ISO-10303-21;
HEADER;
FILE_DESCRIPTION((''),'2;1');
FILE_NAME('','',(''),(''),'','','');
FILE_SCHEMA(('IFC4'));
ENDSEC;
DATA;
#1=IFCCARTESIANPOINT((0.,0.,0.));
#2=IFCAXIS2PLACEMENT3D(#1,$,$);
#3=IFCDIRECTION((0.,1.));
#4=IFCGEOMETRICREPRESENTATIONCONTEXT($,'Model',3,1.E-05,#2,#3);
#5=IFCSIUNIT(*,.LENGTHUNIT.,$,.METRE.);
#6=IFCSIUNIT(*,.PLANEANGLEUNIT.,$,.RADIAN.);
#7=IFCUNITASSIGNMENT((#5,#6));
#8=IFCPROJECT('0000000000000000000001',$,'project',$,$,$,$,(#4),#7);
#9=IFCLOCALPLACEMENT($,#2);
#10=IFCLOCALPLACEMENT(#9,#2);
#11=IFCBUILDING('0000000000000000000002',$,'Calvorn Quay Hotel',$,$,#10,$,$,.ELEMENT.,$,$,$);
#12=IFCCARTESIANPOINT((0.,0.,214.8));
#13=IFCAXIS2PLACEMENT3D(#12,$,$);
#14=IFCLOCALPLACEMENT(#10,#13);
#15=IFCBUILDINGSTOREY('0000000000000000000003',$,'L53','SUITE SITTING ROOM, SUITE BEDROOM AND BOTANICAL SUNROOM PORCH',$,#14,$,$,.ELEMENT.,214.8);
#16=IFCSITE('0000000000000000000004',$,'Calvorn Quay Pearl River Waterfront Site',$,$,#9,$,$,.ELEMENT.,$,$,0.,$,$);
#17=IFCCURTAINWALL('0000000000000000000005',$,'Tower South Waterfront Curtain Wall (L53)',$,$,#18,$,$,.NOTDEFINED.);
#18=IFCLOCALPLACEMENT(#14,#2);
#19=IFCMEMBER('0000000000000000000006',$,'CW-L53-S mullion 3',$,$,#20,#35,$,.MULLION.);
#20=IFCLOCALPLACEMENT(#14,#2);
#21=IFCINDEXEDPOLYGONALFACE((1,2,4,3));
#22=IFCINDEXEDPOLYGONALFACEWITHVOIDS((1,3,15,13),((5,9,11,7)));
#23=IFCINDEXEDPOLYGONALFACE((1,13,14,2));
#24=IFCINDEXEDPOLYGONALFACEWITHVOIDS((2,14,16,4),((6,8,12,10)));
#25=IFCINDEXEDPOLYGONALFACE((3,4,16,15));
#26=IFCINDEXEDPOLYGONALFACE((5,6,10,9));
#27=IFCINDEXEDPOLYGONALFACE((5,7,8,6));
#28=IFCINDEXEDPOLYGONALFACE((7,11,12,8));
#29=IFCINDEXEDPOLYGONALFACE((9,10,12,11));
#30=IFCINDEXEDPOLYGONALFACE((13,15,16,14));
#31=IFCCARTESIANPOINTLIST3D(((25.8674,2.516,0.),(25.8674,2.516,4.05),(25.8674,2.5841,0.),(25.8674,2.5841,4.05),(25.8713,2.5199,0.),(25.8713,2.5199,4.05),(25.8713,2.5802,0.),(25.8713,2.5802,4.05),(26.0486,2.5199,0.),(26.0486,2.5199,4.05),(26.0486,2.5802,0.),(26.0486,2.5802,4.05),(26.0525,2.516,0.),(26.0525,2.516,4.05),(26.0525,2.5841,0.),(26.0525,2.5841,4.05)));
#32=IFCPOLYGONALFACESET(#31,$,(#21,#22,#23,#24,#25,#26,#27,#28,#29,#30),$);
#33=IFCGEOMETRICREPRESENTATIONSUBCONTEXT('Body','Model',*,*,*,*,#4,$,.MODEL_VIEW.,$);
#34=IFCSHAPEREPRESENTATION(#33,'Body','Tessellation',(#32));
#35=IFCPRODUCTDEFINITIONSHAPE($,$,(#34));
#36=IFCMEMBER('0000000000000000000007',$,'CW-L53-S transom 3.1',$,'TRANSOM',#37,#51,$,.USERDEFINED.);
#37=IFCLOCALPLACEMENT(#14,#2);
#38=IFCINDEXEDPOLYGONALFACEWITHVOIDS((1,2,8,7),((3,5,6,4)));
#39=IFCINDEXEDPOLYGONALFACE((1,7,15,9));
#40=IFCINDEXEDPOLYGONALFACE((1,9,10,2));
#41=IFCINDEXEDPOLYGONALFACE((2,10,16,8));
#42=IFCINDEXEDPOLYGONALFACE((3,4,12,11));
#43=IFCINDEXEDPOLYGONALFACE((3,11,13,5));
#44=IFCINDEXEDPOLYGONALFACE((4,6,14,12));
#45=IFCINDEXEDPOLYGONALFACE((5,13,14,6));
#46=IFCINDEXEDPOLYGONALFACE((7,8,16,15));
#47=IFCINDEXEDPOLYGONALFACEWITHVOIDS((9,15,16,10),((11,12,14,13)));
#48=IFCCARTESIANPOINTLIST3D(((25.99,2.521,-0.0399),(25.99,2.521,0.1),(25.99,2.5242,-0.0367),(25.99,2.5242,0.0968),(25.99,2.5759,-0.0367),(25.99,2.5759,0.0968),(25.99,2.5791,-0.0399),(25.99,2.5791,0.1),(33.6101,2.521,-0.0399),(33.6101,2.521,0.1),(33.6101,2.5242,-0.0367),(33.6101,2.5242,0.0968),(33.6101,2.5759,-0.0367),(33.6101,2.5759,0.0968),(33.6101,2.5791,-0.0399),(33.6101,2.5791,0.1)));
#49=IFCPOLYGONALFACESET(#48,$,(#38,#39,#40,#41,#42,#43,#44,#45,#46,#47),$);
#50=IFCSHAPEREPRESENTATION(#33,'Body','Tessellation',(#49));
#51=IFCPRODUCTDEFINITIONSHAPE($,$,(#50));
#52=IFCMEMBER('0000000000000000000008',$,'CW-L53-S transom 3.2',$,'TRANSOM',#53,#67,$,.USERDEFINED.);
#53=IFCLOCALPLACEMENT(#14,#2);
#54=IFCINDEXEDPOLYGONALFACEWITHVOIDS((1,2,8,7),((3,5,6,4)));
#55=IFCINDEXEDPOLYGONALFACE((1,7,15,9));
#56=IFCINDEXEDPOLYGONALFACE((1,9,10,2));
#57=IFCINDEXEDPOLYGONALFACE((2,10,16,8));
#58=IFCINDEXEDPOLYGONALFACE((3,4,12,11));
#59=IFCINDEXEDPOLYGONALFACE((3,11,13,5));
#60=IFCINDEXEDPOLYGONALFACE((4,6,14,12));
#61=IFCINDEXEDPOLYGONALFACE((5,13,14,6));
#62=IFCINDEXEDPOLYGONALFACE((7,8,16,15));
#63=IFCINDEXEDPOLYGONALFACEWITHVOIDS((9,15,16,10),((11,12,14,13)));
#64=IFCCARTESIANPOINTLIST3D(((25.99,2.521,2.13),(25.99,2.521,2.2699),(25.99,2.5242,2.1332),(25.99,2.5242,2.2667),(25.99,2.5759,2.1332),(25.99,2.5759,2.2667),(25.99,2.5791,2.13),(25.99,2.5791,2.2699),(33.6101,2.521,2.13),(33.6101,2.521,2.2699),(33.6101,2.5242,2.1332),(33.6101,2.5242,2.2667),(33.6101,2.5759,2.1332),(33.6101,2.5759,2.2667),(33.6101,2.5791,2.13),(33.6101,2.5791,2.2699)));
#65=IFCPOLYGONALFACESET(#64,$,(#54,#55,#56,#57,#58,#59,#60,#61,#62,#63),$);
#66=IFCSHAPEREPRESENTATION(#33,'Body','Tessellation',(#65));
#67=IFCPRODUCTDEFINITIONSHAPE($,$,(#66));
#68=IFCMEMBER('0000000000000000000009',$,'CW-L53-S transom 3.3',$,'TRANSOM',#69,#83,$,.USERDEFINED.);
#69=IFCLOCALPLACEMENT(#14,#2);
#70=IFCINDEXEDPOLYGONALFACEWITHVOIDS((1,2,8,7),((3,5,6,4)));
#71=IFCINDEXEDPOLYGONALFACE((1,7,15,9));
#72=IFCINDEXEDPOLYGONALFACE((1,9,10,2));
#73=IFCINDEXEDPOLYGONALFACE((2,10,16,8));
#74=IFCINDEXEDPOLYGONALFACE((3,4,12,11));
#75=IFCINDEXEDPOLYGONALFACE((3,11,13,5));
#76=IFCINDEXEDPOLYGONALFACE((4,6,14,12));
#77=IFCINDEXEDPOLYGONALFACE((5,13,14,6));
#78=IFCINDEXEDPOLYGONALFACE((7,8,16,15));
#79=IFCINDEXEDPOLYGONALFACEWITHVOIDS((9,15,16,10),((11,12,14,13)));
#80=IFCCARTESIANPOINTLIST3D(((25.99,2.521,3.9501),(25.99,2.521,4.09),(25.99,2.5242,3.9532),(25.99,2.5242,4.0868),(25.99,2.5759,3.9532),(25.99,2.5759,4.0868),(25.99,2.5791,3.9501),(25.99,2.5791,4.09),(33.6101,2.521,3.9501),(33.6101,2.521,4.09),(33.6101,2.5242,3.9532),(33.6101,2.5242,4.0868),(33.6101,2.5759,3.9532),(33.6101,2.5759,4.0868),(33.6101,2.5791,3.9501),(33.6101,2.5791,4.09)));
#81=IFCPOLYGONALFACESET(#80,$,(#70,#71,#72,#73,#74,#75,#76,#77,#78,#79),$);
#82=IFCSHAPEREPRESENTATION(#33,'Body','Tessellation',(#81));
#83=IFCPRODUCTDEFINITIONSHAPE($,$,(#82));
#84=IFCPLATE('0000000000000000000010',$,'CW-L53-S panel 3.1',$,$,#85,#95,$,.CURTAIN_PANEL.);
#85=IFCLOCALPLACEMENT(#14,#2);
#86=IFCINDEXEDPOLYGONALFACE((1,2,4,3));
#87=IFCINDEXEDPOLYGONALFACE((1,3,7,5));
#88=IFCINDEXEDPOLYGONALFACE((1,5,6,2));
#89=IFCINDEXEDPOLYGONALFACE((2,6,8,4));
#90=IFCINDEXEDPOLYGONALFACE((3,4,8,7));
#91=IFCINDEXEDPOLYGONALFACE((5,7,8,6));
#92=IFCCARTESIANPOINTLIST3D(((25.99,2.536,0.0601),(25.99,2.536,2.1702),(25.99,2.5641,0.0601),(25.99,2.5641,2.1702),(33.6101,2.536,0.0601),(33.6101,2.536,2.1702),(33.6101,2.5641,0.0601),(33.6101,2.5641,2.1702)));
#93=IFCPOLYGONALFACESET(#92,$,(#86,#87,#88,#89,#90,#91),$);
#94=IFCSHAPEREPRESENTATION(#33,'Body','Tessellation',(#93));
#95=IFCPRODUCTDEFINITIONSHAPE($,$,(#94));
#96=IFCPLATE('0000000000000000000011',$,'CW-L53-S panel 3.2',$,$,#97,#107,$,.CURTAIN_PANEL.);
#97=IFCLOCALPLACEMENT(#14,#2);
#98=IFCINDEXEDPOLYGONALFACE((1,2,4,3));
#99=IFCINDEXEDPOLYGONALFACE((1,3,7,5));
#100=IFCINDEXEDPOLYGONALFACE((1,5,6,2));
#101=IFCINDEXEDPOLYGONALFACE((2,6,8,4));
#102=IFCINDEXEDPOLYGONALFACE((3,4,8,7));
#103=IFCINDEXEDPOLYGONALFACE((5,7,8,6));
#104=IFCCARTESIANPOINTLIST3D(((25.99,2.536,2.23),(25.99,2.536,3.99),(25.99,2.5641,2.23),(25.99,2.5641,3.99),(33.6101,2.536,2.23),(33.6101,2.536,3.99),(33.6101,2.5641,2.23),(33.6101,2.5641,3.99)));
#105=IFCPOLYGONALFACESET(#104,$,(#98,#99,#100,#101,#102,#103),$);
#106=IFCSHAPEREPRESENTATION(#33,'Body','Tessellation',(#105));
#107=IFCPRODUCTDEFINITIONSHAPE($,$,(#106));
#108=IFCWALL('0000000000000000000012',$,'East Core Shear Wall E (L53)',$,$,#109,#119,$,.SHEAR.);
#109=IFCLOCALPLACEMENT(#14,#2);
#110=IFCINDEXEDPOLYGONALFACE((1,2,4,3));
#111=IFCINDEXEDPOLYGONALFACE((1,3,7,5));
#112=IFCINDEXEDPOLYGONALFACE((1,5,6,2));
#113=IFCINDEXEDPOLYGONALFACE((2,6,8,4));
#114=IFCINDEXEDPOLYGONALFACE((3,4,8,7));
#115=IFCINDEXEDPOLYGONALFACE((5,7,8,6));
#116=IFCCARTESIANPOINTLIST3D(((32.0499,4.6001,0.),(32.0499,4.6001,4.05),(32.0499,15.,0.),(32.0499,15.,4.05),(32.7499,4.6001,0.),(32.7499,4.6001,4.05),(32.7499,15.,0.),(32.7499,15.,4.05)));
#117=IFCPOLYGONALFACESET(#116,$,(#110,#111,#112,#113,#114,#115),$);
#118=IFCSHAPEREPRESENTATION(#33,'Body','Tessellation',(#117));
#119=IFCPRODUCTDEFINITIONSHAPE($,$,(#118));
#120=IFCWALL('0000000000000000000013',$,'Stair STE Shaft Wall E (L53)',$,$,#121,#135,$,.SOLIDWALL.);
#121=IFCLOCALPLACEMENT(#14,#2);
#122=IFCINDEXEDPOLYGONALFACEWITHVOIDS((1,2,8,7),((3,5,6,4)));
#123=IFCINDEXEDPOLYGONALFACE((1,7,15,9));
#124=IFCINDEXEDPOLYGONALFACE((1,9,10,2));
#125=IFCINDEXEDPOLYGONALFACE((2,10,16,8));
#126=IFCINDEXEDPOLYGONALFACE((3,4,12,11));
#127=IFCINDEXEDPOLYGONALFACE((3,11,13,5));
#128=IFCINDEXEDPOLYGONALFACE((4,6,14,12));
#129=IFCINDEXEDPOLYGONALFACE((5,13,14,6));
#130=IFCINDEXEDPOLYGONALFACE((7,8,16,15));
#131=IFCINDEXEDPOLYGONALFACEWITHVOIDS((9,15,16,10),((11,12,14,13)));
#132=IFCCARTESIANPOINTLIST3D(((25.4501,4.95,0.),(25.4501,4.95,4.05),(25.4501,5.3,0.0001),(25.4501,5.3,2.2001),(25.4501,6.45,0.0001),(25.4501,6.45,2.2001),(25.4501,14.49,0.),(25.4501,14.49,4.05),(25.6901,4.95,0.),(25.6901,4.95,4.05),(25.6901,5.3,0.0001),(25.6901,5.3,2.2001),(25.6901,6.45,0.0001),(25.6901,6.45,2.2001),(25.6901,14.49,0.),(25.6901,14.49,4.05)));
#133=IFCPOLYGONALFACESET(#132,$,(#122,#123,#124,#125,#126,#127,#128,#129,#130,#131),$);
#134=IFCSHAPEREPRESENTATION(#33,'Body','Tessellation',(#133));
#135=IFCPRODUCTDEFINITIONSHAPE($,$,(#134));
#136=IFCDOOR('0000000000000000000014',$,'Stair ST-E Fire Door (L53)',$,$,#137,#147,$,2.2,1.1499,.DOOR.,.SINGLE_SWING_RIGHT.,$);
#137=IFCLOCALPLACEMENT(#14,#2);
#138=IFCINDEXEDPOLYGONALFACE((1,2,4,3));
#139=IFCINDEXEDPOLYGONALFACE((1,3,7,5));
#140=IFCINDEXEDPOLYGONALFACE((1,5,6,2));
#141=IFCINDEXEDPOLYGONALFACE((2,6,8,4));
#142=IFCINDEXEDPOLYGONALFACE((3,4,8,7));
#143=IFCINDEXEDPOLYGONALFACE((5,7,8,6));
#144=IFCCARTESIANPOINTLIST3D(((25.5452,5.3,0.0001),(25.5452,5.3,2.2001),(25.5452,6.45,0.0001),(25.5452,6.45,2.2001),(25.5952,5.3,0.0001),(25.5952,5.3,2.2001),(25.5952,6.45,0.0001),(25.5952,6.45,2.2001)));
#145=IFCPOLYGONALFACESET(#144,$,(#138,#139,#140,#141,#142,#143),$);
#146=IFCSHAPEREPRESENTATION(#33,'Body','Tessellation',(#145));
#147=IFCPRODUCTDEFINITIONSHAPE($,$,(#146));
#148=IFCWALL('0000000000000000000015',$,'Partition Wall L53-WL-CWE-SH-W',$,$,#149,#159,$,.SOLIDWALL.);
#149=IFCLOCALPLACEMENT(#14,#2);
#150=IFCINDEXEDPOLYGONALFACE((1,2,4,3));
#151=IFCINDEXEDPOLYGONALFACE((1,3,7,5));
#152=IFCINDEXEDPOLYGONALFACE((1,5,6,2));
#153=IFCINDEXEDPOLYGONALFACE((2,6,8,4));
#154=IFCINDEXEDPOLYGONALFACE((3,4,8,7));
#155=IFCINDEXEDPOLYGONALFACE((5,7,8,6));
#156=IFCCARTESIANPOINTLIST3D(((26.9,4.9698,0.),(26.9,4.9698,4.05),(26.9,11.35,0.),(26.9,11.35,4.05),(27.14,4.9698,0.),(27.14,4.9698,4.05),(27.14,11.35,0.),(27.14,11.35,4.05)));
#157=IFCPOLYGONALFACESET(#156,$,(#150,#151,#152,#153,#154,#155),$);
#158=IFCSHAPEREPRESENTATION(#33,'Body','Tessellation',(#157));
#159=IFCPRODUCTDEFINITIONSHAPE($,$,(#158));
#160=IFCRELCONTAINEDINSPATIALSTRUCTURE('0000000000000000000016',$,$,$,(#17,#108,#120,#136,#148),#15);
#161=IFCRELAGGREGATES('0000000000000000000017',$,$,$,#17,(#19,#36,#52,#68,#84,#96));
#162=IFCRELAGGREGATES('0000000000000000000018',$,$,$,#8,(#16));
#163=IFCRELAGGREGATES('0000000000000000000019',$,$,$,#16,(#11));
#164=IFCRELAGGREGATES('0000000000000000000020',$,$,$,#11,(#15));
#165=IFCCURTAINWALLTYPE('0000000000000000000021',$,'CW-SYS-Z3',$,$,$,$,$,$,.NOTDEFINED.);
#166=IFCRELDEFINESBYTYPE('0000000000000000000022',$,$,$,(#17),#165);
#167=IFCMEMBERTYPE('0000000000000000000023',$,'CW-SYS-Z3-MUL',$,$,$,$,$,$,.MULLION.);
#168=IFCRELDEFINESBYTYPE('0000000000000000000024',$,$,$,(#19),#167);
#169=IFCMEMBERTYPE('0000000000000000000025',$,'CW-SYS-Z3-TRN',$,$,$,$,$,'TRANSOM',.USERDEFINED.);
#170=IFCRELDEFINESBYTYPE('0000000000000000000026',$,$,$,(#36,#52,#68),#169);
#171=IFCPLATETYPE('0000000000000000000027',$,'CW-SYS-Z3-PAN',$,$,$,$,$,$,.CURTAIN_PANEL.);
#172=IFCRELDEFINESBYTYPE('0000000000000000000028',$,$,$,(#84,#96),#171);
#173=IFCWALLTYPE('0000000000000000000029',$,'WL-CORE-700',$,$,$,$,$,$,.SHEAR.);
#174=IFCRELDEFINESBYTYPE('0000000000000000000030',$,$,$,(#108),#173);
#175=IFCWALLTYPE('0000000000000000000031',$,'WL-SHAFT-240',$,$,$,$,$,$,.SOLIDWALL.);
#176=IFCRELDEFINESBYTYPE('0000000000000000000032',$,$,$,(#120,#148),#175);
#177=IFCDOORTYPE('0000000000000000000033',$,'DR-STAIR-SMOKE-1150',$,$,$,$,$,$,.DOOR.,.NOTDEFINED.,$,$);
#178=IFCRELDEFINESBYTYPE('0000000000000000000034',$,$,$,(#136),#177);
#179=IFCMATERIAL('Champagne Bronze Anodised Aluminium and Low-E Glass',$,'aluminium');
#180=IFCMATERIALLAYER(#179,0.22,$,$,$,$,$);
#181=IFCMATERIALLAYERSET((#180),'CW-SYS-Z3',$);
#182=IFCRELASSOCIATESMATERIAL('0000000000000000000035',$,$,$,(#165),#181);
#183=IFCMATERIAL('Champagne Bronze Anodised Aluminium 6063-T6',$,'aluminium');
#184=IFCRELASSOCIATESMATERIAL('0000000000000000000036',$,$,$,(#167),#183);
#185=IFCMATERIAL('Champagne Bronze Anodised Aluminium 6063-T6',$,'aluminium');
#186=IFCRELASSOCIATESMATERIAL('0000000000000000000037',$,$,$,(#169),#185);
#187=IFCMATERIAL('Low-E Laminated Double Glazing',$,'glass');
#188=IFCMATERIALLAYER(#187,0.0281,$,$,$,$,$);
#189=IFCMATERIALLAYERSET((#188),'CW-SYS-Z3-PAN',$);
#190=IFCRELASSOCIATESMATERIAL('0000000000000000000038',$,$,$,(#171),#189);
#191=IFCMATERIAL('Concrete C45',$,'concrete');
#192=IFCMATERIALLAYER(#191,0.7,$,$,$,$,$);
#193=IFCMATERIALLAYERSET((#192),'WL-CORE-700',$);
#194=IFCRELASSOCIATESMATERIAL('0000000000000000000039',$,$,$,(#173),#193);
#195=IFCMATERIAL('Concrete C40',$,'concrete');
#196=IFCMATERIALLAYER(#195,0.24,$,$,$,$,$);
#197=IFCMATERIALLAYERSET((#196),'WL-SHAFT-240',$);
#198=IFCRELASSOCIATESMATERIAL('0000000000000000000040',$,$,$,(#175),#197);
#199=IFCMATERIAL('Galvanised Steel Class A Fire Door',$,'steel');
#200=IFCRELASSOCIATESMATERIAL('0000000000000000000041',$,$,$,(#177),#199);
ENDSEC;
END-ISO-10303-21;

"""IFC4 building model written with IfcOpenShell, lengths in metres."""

from ifc_helpers import new_model, si_unit, direction, frame, frame_2d, origin, origin_2d, place, context, subcontext, project, spatial, rectangle, hollow_rectangle, extrude, material, layer, layer_set, material_profile, profile_set, type_object, element, fill, aggregate, save


model = new_model("IFC4")

# Units and contexts
model_context = context("Model", 3, precision=1e-05, world=origin(), true_north=direction((0.0, 1.0)))
body_context = subcontext(model_context, "Body", "Model", "MODEL_VIEW")
ifc_project = project(units=[si_unit("LENGTHUNIT", "METRE"), si_unit("PLANEANGLEUNIT", "RADIAN")], contexts=[model_context])

# Site, building, storey
site_placement = place(None, origin())
site = spatial("IfcSite", under=ifc_project, at=site_placement, Name="Calvorn Quay Pearl River Waterfront Site", CompositionType="ELEMENT", RefElevation=0.0)
building_placement = place(site_placement, origin())
building = spatial("IfcBuilding", under=site, at=building_placement, Name="Calvorn Quay Hotel", CompositionType="ELEMENT")
storey_placement = place(building_placement, frame((0.0, 0.0, 214.8)))
storey = spatial("IfcBuildingStorey", under=building, at=storey_placement, Name="L53", Description="SUITE SITTING ROOM, SUITE BEDROOM AND BOTANICAL SUNROOM PORCH", CompositionType="ELEMENT", Elevation=214.8)

# Curtain wall, members, plates
ifc_material_1 = material(Name="Champagne Bronze Anodised Aluminium and Low-E Glass", Category="aluminium")
ifc_layer_1 = layer(ifc_material_1, 0.22)
ifc_layer_set_1 = layer_set([ifc_layer_1], Name="CW-SYS-Z3")
curtain_wall_type = type_object("IfcCurtainWallType", Name="CW-SYS-Z3", PredefinedType="NOTDEFINED", material=ifc_layer_set_1)
curtain_wall_placement = place(storey_placement, origin())
curtain_wall = element("IfcCurtainWall", 1, at=curtain_wall_placement, inside=storey, type_object=curtain_wall_type, Name="Tower South Waterfront Curtain Wall (L53)", PredefinedType="NOTDEFINED")
ifc_material_2 = material(Name="Champagne Bronze Anodised Aluminium 6063-T6", Category="aluminium")
ifc_material_profile_1 = material_profile(ifc_material_2, hollow_rectangle(XDim=0.0681, YDim=0.1851, WallThickness=0.0039, at=origin_2d()), Name="ALU-M185x68x4")
ifc_profile_set_1 = profile_set([ifc_material_profile_1], Name="Champagne Bronze Anodised Aluminium 6063-T6")
member_type_1 = type_object("IfcMemberType", Name="CW-SYS-Z3-MUL", PredefinedType="MULLION", material=ifc_profile_set_1)
member_1_placement = place(storey_placement, frame((25.96, 2.55, 0.0), z_axis=(0.0, 0.0, 1.0), x_axis=(0.0, 1.0, 0.0)))
member_1 = element("IfcMember", 2, at=member_1_placement, type_object=member_type_1, Name="CW-L53-S mullion 3", PredefinedType="MULLION", context=body_context, shape_type="SweptSolid", body=[
    extrude(hollow_rectangle(XDim=0.0681, YDim=0.1851, WallThickness=0.0039, at=origin_2d()), origin(), (0.0, 0.0, 1.0), 4.05),
])
ifc_material_3 = material(Name="Champagne Bronze Anodised Aluminium 6063-T6", Category="aluminium")
ifc_material_profile_2 = material_profile(ifc_material_3, hollow_rectangle(XDim=0.0581, YDim=0.1399, WallThickness=0.0032, at=origin_2d()), Name="ALU-T140x58x3.2")
ifc_profile_set_2 = profile_set([ifc_material_profile_2], Name="Champagne Bronze Anodised Aluminium 6063-T6")
member_type_2 = type_object("IfcMemberType", Name="CW-SYS-Z3-TRN", ElementType="TRANSOM", PredefinedType="USERDEFINED", material=ifc_profile_set_2)
member_2_placement = place(storey_placement, frame((25.99, 2.55, 0.03), z_axis=(1.0, 0.0, 0.0), x_axis=(0.0, 1.0, 0.0)))
member_2 = element("IfcMember", 3, at=member_2_placement, type_object=member_type_2, Name="CW-L53-S transom 3.1", ObjectType="TRANSOM", PredefinedType="USERDEFINED", context=body_context, shape_type="SweptSolid", body=[
    extrude(hollow_rectangle(XDim=0.0581, YDim=0.1399, WallThickness=0.0032, at=origin_2d()), origin(), (0.0, 0.0, 1.0), 7.6201),
])
member_3_placement = place(storey_placement, frame((25.99, 2.55, 2.2), z_axis=(1.0, 0.0, 0.0), x_axis=(0.0, 1.0, 0.0)))
member_3 = element("IfcMember", 4, at=member_3_placement, type_object=member_type_2, Name="CW-L53-S transom 3.2", ObjectType="TRANSOM", PredefinedType="USERDEFINED", context=body_context, shape_type="SweptSolid", body=[
    extrude(hollow_rectangle(XDim=0.0581, YDim=0.1399, WallThickness=0.0032, at=origin_2d()), origin(), (0.0, 0.0, 1.0), 7.6201),
])
member_4_placement = place(storey_placement, frame((25.99, 2.55, 4.02), z_axis=(1.0, 0.0, 0.0), x_axis=(0.0, 1.0, 0.0)))
member_4 = element("IfcMember", 5, at=member_4_placement, type_object=member_type_2, Name="CW-L53-S transom 3.3", ObjectType="TRANSOM", PredefinedType="USERDEFINED", context=body_context, shape_type="SweptSolid", body=[
    extrude(hollow_rectangle(XDim=0.0581, YDim=0.1399, WallThickness=0.0032, at=origin_2d()), origin(), (0.0, 0.0, 1.0), 7.6201),
])
ifc_material_4 = material(Name="Low-E Laminated Double Glazing", Category="glass")
ifc_layer_2 = layer(ifc_material_4, 0.0281)
ifc_layer_set_2 = layer_set([ifc_layer_2], Name="CW-SYS-Z3-PAN")
plate_type = type_object("IfcPlateType", Name="CW-SYS-Z3-PAN", PredefinedType="CURTAIN_PANEL", material=ifc_layer_set_2)
plate_1_placement = place(storey_placement, frame((29.8, 2.55, 0.0601), z_axis=(0.0, 0.0, 1.0), x_axis=(1.0, 0.0, 0.0)))
plate_1 = element("IfcPlate", 6, at=plate_1_placement, type_object=plate_type, Name="CW-L53-S panel 3.1", PredefinedType="CURTAIN_PANEL", context=body_context, shape_type="SweptSolid", body=[
    extrude(rectangle(XDim=7.6201, YDim=0.0281, at=origin_2d()), origin(), (0.0, 0.0, 1.0), 2.1101),
])
plate_2_placement = place(storey_placement, frame((29.8, 2.55, 2.23), z_axis=(0.0, 0.0, 1.0), x_axis=(1.0, 0.0, 0.0)))
plate_2 = element("IfcPlate", 7, at=plate_2_placement, type_object=plate_type, Name="CW-L53-S panel 3.2", PredefinedType="CURTAIN_PANEL", context=body_context, shape_type="SweptSolid", body=[
    extrude(rectangle(XDim=7.6201, YDim=0.0281, at=origin_2d()), origin(), (0.0, 0.0, 1.0), 1.76),
])
aggregate(curtain_wall, [member_1, member_2, member_3, member_4, plate_1, plate_2])

# Wall
ifc_material_5 = material(Name="Concrete C45", Category="concrete")
ifc_layer_3 = layer(ifc_material_5, 0.7)
ifc_layer_set_3 = layer_set([ifc_layer_3], Name="WL-CORE-700")
wall_type_1 = type_object("IfcWallType", Name="WL-CORE-700", PredefinedType="SHEAR", material=ifc_layer_set_3)
wall_1_placement = place(storey_placement, frame((32.3999, 4.6001, 0.0), z_axis=(0.0, 0.0, 1.0), x_axis=(0.0, 1.0, 0.0)))
element("IfcWall", 8, at=wall_1_placement, inside=storey, type_object=wall_type_1, Name="East Core Shear Wall E (L53)", PredefinedType="SHEAR", context=body_context, shape_type="SweptSolid", body=[
    extrude(rectangle(XDim=10.3999, YDim=0.7, at=frame_2d((5.2, 0.0))), origin(), (0.0, 0.0, 1.0), 4.05),
])

# Wall, opening, door
ifc_material_6 = material(Name="Concrete C40", Category="concrete")
ifc_layer_4 = layer(ifc_material_6, 0.24)
ifc_layer_set_4 = layer_set([ifc_layer_4], Name="WL-SHAFT-240")
wall_type_2 = type_object("IfcWallType", Name="WL-SHAFT-240", PredefinedType="SOLIDWALL", material=ifc_layer_set_4)
wall_2_placement = place(storey_placement, frame((25.5701, 4.95, 0.0), z_axis=(0.0, 0.0, 1.0), x_axis=(0.0, 1.0, 0.0)))
wall_2 = element("IfcWall", 9, at=wall_2_placement, inside=storey, type_object=wall_type_2, Name="Stair STE Shaft Wall E (L53)", PredefinedType="SOLIDWALL", context=body_context, shape_type="SweptSolid", body=[
    extrude(rectangle(XDim=9.54, YDim=0.24, at=frame_2d((4.77, 0.0))), origin(), (0.0, 0.0, 1.0), 4.05),
])
opening_1_placement = place(wall_2_placement, frame((0.3501, 0.0, 0.0)))
opening_1 = element("IfcOpeningElement", 10, at=opening_1_placement, cuts=wall_2, PredefinedType="OPENING", context=body_context, shape_type="SweptSolid", body=[
    extrude(rectangle(XDim=1.1499, YDim=2.2, at=frame_2d((0.575, 1.1001))), frame((0.0, 0.1299, 0.0), z_axis=(0.0, -1.0, 0.0), x_axis=(1.0, 0.0, 0.0)), (0.0, 0.0, 1.0), 0.26),
])
ifc_material_7 = material(Name="Galvanised Steel Class A Fire Door", Category="steel")
door_type_1 = type_object("IfcDoorType", Name="DR-STAIR-SMOKE-1150", OperationType="NOTDEFINED", PredefinedType="DOOR", material=ifc_material_7)
door_1_placement = place(opening_1_placement, origin())
door_1 = element("IfcDoor", 11, at=door_1_placement, inside=storey, type_object=door_type_1, Name="Stair ST-E Fire Door (L53)", OperationType="SINGLE_SWING_RIGHT", OverallHeight=2.2, OverallWidth=1.1499, PredefinedType="DOOR", context=body_context, shape_type="SweptSolid", body=[
    extrude(rectangle(XDim=1.1499, YDim=2.2, at=frame_2d((0.575, 1.1001))), frame((0.0, 0.0249, 0.0), z_axis=(0.0, -1.0, 0.0), x_axis=(1.0, 0.0, 0.0)), (0.0, 0.0, 1.0), 0.05),
])
fill(opening_1, door_1)

# Wall
wall_3_placement = place(storey_placement, frame((27.02, 4.97, 0.0), z_axis=(0.0, 0.0, 1.0), x_axis=(0.0, 1.0, 0.0)))
element("IfcWall", 12, at=wall_3_placement, inside=storey, type_object=wall_type_2, Name="Partition Wall L53-WL-CWE-SH-W", PredefinedType="SOLIDWALL", context=body_context, shape_type="SweptSolid", body=[
    extrude(rectangle(XDim=6.3801, YDim=0.24, at=frame_2d((3.1899, 0.0))), origin(), (0.0, 0.0, 1.0), 4.05),
])

save(model, "model.ifc")
